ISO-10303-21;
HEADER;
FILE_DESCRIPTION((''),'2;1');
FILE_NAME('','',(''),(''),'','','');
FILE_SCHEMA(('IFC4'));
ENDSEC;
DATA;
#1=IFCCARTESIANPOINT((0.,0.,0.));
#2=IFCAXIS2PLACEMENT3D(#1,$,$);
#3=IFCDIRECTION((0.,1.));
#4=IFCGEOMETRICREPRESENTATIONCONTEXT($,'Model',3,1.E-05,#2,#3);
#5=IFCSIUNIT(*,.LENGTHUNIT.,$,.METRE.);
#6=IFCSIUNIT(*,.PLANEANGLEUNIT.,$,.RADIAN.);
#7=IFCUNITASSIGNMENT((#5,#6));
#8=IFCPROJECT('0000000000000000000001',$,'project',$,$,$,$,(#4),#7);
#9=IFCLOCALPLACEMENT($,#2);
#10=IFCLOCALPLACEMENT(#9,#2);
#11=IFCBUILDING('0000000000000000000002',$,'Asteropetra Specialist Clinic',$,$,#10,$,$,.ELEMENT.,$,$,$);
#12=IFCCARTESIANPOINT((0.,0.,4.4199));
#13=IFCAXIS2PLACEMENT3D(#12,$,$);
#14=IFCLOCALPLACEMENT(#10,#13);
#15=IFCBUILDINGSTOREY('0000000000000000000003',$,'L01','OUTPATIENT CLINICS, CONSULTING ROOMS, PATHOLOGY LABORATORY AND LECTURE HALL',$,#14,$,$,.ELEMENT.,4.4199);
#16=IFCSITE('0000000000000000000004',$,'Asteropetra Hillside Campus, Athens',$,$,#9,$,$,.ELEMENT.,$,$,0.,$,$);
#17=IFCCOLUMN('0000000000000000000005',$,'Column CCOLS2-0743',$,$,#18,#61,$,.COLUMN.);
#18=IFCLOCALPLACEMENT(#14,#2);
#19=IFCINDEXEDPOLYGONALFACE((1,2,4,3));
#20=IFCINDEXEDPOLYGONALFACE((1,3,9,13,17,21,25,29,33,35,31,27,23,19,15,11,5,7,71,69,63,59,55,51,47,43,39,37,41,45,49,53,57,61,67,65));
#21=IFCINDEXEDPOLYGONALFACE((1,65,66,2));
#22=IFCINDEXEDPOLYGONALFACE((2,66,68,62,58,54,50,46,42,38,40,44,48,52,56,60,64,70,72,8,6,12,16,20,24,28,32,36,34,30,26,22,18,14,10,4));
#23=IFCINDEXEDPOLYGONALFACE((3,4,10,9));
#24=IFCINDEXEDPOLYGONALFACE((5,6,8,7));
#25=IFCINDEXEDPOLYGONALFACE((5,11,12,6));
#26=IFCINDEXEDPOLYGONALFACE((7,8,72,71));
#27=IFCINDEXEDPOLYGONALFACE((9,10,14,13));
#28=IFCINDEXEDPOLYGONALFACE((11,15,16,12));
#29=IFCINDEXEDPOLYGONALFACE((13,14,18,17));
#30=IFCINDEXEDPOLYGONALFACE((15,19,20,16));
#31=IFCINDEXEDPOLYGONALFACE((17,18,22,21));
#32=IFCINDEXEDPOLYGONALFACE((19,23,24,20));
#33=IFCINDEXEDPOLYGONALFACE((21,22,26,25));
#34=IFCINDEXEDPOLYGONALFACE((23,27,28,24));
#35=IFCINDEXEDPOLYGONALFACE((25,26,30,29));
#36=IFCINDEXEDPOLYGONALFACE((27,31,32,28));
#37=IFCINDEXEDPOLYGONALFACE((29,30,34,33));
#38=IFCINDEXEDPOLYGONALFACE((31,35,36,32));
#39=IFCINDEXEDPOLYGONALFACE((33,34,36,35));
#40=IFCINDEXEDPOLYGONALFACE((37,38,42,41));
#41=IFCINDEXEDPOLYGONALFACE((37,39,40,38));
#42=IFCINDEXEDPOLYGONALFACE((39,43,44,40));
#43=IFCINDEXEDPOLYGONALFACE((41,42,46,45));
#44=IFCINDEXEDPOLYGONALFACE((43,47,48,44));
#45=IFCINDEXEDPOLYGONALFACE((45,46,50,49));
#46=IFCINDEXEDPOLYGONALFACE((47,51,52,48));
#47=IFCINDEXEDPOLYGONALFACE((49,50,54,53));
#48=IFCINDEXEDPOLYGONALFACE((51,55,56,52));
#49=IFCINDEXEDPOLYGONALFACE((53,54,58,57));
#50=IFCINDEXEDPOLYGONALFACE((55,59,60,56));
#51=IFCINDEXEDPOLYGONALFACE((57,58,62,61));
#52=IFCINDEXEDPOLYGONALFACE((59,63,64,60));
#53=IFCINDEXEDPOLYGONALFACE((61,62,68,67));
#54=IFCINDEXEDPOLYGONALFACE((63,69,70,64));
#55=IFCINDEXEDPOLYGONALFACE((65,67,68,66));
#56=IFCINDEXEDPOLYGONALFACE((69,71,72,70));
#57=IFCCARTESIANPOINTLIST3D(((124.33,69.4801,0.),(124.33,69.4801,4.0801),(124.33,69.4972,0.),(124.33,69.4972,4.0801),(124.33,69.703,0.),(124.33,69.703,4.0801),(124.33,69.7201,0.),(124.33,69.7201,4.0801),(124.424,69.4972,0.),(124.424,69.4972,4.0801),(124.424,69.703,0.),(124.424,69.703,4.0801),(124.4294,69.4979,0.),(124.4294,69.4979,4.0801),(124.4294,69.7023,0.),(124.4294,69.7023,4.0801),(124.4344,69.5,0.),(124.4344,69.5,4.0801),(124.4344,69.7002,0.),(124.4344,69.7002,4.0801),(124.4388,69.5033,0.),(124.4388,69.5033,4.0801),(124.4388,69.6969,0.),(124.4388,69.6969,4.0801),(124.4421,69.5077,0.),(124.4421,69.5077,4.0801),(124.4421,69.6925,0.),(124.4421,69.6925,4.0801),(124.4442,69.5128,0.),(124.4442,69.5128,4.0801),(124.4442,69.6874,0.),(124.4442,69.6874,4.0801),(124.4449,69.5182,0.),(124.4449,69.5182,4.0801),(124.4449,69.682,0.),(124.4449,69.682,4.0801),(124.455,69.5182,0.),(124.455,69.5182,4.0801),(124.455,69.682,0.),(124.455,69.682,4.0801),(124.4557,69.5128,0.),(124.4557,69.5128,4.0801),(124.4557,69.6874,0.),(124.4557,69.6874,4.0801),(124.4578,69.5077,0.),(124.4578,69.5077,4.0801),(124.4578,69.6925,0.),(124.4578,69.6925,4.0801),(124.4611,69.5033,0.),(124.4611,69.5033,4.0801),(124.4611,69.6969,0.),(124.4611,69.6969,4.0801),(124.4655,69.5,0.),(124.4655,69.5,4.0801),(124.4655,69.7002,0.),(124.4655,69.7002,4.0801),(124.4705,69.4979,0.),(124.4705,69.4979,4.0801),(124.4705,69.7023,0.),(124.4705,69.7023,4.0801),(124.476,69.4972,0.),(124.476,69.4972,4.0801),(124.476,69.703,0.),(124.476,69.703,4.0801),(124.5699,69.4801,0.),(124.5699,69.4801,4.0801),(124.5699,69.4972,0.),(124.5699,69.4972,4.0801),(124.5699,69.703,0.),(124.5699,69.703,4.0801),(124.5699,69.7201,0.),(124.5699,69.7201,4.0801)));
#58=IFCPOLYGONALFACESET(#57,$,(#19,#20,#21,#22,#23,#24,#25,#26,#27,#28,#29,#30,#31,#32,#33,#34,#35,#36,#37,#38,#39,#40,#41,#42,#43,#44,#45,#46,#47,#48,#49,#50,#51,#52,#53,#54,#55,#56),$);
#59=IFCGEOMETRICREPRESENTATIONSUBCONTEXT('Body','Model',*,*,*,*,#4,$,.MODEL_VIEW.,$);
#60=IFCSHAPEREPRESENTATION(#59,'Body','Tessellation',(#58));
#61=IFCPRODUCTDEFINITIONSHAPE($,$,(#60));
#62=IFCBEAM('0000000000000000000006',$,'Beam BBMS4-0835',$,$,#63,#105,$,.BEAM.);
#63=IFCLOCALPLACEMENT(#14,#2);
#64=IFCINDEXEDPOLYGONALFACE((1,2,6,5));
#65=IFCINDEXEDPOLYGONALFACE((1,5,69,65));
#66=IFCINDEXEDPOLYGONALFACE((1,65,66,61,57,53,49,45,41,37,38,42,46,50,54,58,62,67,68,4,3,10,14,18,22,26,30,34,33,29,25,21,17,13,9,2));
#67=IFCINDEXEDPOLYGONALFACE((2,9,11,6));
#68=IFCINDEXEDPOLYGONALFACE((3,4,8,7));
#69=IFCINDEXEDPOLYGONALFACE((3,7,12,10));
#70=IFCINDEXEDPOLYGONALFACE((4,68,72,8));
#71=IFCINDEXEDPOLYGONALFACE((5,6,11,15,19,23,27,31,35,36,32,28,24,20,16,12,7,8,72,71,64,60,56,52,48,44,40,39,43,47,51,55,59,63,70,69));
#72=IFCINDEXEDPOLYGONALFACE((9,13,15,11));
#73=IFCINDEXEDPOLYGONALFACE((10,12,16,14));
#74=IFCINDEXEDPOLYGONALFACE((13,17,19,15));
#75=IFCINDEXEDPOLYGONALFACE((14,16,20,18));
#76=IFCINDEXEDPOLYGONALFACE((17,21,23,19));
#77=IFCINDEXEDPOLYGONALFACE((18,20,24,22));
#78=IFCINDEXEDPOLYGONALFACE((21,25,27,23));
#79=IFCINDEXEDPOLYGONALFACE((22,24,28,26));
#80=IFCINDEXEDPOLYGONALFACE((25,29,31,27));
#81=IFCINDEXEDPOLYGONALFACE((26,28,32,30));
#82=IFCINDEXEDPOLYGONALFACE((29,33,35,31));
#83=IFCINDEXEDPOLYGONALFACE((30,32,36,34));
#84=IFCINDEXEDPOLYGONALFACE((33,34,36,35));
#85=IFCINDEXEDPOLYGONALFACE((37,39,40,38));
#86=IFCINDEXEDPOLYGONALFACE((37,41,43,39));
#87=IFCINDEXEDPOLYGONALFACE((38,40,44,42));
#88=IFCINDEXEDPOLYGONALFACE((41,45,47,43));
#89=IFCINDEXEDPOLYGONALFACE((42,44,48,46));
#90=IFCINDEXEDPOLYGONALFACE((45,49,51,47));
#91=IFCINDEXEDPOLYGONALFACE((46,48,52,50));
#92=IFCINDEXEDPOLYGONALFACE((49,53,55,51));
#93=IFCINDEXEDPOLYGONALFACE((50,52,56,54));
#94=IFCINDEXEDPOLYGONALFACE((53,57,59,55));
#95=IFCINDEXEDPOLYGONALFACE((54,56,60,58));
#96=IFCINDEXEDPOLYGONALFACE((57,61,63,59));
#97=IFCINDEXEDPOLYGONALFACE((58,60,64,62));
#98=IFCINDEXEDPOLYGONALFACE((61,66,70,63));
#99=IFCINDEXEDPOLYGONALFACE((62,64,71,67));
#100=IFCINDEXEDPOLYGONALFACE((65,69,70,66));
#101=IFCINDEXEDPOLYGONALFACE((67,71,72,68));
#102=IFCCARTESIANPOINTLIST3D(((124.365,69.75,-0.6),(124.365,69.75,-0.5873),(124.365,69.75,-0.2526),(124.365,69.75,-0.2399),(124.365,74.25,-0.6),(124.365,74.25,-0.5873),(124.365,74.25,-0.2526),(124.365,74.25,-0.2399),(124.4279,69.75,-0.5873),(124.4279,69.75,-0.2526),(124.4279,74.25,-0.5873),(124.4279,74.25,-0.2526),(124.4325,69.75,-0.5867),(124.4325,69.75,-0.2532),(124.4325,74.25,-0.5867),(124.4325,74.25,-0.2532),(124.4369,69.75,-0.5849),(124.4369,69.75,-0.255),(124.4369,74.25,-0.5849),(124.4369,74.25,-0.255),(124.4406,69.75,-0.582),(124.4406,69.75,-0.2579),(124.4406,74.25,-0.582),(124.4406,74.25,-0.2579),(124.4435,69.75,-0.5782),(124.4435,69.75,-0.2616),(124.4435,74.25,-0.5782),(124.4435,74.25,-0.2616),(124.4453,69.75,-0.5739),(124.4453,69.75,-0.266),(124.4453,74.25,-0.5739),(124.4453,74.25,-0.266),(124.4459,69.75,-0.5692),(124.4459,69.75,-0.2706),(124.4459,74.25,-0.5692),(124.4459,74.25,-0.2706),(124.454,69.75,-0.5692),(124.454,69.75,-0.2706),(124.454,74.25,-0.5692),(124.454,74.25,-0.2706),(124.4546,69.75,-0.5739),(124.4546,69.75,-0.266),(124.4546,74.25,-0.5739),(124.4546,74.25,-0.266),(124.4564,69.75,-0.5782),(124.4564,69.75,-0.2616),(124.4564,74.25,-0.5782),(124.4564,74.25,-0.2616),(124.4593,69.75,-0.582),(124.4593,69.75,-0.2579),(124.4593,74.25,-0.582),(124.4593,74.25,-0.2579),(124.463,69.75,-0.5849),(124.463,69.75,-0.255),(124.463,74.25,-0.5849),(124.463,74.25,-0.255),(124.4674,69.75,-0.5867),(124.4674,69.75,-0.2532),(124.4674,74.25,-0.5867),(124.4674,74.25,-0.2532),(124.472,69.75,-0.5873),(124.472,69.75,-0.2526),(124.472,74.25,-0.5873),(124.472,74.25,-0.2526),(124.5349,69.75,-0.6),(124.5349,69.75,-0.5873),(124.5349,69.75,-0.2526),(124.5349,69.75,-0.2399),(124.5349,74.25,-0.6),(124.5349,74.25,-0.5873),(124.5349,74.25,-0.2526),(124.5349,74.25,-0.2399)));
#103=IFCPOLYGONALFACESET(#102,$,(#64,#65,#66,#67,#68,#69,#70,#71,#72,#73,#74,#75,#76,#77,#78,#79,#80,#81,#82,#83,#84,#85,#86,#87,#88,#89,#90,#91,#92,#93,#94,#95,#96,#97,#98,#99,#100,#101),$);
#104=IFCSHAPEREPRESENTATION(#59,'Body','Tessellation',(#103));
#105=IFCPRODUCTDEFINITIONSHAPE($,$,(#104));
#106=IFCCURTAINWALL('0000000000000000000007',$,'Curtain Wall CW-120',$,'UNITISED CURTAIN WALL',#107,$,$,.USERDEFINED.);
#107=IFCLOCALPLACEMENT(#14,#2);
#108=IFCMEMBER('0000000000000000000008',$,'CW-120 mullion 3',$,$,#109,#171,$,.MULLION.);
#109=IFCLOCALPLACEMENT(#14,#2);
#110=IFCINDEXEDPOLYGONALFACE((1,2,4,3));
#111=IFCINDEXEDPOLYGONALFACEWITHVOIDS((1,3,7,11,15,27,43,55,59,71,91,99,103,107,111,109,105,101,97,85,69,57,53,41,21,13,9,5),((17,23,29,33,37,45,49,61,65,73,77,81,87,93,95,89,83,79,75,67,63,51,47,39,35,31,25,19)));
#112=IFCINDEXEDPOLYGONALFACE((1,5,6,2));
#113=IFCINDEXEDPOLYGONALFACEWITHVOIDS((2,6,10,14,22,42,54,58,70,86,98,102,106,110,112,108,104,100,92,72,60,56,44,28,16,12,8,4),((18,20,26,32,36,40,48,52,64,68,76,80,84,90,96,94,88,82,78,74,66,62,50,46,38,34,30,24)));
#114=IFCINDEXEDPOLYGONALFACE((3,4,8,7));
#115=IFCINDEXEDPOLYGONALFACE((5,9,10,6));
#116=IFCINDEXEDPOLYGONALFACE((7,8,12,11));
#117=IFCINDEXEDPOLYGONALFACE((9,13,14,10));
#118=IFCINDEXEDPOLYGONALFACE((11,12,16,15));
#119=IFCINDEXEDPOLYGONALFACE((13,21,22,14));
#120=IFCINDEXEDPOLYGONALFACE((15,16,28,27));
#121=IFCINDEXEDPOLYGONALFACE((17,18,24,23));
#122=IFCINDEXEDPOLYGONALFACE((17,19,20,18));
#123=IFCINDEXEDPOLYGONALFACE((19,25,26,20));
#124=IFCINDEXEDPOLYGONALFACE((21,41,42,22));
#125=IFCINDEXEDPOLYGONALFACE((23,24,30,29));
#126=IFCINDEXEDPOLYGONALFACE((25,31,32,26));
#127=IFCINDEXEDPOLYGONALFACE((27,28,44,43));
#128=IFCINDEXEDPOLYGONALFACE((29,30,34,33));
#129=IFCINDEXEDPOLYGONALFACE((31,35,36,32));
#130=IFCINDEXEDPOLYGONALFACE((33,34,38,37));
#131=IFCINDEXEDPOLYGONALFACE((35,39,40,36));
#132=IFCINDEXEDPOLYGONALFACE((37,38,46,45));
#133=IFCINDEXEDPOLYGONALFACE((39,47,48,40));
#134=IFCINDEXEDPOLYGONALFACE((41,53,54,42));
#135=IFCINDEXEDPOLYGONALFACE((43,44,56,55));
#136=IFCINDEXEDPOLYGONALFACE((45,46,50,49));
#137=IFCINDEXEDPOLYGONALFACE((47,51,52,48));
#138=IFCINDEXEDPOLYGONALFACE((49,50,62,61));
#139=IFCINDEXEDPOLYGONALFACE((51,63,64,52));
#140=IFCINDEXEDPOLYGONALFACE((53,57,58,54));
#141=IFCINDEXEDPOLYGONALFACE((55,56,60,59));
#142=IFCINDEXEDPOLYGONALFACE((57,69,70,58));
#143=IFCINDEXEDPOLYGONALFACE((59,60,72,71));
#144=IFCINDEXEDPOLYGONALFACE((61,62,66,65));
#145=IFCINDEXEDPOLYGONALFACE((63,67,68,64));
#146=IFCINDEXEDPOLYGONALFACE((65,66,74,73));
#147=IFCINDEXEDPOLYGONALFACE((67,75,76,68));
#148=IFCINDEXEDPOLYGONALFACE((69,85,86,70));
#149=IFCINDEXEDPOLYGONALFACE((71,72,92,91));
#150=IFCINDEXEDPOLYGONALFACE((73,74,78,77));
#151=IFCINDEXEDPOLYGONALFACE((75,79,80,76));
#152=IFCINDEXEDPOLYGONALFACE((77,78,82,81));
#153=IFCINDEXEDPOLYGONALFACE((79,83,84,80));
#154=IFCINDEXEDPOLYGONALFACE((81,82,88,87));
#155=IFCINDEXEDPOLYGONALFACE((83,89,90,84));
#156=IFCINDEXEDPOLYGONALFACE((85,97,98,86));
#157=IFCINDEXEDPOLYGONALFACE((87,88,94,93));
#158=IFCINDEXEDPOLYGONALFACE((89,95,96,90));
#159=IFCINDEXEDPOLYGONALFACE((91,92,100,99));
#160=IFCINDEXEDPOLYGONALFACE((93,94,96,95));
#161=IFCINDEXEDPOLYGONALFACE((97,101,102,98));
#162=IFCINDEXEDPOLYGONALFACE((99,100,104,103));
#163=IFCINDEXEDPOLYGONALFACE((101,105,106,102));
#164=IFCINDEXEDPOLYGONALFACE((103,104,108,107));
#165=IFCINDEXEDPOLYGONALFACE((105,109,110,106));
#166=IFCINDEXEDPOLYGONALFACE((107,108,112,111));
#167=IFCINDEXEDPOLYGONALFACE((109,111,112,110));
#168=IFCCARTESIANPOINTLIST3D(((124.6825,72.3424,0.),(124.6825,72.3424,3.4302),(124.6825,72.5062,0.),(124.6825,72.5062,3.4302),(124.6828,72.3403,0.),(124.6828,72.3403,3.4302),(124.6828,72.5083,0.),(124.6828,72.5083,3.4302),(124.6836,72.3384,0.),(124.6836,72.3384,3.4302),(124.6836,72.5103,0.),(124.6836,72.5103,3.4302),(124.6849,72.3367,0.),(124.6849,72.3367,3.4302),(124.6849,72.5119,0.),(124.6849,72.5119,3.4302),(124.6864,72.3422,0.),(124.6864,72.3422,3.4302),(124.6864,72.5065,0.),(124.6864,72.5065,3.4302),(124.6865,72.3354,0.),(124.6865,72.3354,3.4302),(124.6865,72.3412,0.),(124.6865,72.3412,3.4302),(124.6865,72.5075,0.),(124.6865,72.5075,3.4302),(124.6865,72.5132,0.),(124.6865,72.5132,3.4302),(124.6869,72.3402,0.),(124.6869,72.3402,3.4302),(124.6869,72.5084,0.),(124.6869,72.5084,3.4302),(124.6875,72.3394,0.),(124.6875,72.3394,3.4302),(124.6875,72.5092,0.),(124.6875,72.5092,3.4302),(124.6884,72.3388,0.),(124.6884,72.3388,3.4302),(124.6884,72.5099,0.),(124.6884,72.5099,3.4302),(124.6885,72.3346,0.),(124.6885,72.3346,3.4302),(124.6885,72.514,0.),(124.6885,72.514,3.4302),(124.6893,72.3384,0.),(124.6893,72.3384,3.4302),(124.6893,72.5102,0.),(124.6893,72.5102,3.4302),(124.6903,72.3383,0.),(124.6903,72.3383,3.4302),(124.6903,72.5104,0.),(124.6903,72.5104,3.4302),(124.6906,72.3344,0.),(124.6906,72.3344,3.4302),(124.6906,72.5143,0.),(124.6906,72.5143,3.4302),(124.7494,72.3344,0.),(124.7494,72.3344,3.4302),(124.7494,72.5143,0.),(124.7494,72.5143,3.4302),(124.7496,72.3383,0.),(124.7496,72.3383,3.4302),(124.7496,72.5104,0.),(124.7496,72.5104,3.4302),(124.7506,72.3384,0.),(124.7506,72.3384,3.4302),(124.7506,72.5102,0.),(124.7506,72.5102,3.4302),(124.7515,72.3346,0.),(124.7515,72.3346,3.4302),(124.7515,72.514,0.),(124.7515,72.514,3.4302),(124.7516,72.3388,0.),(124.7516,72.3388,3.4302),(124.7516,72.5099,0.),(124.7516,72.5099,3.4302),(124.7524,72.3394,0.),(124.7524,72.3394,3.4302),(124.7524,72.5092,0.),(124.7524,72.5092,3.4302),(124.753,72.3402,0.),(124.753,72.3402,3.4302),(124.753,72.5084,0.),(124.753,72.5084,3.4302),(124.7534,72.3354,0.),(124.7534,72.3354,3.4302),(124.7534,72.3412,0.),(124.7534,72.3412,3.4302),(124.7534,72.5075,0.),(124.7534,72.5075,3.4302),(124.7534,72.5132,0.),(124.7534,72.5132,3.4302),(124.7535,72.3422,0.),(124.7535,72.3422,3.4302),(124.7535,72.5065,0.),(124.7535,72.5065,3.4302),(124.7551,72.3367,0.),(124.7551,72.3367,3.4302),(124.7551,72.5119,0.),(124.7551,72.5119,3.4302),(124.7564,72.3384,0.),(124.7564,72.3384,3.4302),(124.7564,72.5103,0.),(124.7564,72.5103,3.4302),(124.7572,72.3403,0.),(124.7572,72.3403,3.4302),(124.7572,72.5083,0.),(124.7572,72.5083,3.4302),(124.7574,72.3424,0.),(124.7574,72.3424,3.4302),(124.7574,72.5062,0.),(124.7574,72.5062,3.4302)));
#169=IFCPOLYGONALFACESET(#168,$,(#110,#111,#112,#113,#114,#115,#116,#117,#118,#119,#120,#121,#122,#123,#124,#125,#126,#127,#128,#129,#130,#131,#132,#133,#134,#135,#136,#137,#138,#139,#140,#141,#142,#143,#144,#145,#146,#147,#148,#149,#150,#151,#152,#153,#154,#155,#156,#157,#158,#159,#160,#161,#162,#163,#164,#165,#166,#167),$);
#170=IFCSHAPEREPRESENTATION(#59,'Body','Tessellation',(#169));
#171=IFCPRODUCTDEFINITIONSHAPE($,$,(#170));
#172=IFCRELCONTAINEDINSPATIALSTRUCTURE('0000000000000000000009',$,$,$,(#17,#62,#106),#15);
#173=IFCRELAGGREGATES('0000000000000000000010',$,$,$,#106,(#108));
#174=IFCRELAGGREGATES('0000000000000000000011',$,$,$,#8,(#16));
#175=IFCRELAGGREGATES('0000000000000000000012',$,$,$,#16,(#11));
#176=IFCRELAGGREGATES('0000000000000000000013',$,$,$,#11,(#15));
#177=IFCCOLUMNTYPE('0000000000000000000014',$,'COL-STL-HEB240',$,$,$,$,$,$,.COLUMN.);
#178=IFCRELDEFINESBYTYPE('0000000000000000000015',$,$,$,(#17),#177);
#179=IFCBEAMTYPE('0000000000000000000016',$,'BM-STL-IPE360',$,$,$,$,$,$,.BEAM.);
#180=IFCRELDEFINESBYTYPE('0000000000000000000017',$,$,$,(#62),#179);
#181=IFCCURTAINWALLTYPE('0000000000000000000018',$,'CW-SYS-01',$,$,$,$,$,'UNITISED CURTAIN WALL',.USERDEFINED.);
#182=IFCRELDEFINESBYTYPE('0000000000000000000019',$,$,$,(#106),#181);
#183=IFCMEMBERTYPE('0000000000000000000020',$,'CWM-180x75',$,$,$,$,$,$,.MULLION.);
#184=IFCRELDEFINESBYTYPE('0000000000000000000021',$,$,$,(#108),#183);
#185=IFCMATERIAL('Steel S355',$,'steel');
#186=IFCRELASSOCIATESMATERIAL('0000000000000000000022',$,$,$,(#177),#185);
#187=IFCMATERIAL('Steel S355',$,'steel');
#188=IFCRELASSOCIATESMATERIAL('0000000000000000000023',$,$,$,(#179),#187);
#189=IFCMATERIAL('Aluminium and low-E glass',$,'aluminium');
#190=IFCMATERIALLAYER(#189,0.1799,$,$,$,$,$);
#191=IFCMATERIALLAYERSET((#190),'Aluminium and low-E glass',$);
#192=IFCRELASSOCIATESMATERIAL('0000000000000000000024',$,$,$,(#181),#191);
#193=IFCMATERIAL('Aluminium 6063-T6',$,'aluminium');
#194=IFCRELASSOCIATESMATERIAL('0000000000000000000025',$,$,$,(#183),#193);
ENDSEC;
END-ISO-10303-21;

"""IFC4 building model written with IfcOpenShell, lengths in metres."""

from ifc_helpers import new_model, si_unit, direction, frame, origin, origin_2d, place, context, subcontext, project, spatial, hollow_rectangle, i_section, extrude, material, layer, layer_set, material_profile, profile_set, type_object, element, aggregate, save


model = new_model("IFC4")

# Units and contexts
model_context = context("Model", 3, precision=1e-05, world=origin(), true_north=direction((0.0, 1.0)))
body_context = subcontext(model_context, "Body", "Model", "MODEL_VIEW")
ifc_project = project(units=[si_unit("LENGTHUNIT", "METRE"), si_unit("PLANEANGLEUNIT", "RADIAN")], contexts=[model_context])

# Site, building, storey
site_placement = place(None, origin())
site = spatial("IfcSite", under=ifc_project, at=site_placement, Name="Asteropetra Hillside Campus, Athens", CompositionType="ELEMENT", RefElevation=0.0)
building_placement = place(site_placement, origin())
building = spatial("IfcBuilding", under=site, at=building_placement, Name="Asteropetra Specialist Clinic", CompositionType="ELEMENT")
storey_placement = place(building_placement, frame((0.0, 0.0, 4.4199)))
storey = spatial("IfcBuildingStorey", under=building, at=storey_placement, Name="L01", Description="OUTPATIENT CLINICS, CONSULTING ROOMS, PATHOLOGY LABORATORY AND LECTURE HALL", CompositionType="ELEMENT", Elevation=4.4199)

# Column
ifc_material_1 = material(Name="Steel S355", Category="steel")
ifc_material_profile_1 = material_profile(ifc_material_1, i_section(OverallWidth=0.24, OverallDepth=0.24, WebThickness=0.01, FlangeThickness=0.0171, FilletRadius=0.021, at=origin_2d()), Name="HEB 240")
ifc_profile_set_1 = profile_set([ifc_material_profile_1], Name="Steel S355")
column_type = type_object("IfcColumnType", Name="COL-STL-HEB240", PredefinedType="COLUMN", material=ifc_profile_set_1)
column_placement = place(storey_placement, frame((124.45, 69.6001, 0.0), z_axis=(0.0, 0.0, 1.0), x_axis=(1.0, 0.0, 0.0)))
element("IfcColumn", 1, at=column_placement, inside=storey, type_object=column_type, Name="Column CCOLS2-0743", PredefinedType="COLUMN", context=body_context, shape_type="SweptSolid", body=[
    extrude(i_section(OverallWidth=0.24, OverallDepth=0.24, WebThickness=0.01, FlangeThickness=0.0171, FilletRadius=0.021, at=origin_2d()), origin(), (0.0, 0.0, 1.0), 4.0801),
])

# Beam
ifc_material_2 = material(Name="Steel S355", Category="steel")
ifc_material_profile_2 = material_profile(ifc_material_2, i_section(OverallWidth=0.1699, OverallDepth=0.3601, WebThickness=0.0081, FlangeThickness=0.0127, FilletRadius=0.0181, at=origin_2d()), Name="IPE 360")
ifc_profile_set_2 = profile_set([ifc_material_profile_2], Name="Steel S355")
beam_type = type_object("IfcBeamType", Name="BM-STL-IPE360", PredefinedType="BEAM", material=ifc_profile_set_2)
beam_placement = place(storey_placement, frame((124.45, 69.75, -0.4199), z_axis=(0.0, 1.0, 0.0), x_axis=(-1.0, 0.0, 0.0)))
element("IfcBeam", 2, at=beam_placement, inside=storey, type_object=beam_type, Name="Beam BBMS4-0835", PredefinedType="BEAM", context=body_context, shape_type="SweptSolid", body=[
    extrude(i_section(OverallWidth=0.1699, OverallDepth=0.3601, WebThickness=0.0081, FlangeThickness=0.0127, FilletRadius=0.0181, at=origin_2d()), origin(), (0.0, 0.0, 1.0), 4.5),
])

# Curtain wall, member
ifc_material_3 = material(Name="Aluminium and low-E glass", Category="aluminium")
ifc_layer_1 = layer(ifc_material_3, 0.1799)
ifc_layer_set_1 = layer_set([ifc_layer_1], Name="Aluminium and low-E glass")
curtain_wall_type = type_object("IfcCurtainWallType", Name="CW-SYS-01", ElementType="UNITISED CURTAIN WALL", PredefinedType="USERDEFINED", material=ifc_layer_set_1)
curtain_wall_placement = place(storey_placement, origin())
curtain_wall = element("IfcCurtainWall", 3, at=curtain_wall_placement, inside=storey, type_object=curtain_wall_type, Name="Curtain Wall CW-120", ObjectType="UNITISED CURTAIN WALL", PredefinedType="USERDEFINED")
ifc_material_4 = material(Name="Aluminium 6063-T6", Category="aluminium")
ifc_material_profile_3 = material_profile(ifc_material_4, hollow_rectangle(XDim=0.075, YDim=0.1799, WallThickness=0.0039, InnerFilletRadius=0.0039, OuterFilletRadius=0.0081, at=origin_2d()), Name="MUL 180x75x4.0")
ifc_profile_set_3 = profile_set([ifc_material_profile_3], Name="Aluminium 6063-T6")
member_type_1 = type_object("IfcMemberType", Name="CWM-180x75", PredefinedType="MULLION", material=ifc_profile_set_3)
member_1_placement = place(storey_placement, frame((124.72, 72.4243, 0.0), z_axis=(0.0, 0.0, 1.0), x_axis=(1.0, 0.0, 0.0)))
member_1 = element("IfcMember", 4, at=member_1_placement, type_object=member_type_1, Name="CW-120 mullion 3", PredefinedType="MULLION", context=body_context, shape_type="SweptSolid", body=[
    extrude(hollow_rectangle(XDim=0.075, YDim=0.1799, WallThickness=0.0039, InnerFilletRadius=0.0039, OuterFilletRadius=0.0081, at=origin_2d()), origin(), (0.0, 0.0, 1.0), 3.4302),
])
aggregate(curtain_wall, [member_1])

save(model, "model.ifc")
